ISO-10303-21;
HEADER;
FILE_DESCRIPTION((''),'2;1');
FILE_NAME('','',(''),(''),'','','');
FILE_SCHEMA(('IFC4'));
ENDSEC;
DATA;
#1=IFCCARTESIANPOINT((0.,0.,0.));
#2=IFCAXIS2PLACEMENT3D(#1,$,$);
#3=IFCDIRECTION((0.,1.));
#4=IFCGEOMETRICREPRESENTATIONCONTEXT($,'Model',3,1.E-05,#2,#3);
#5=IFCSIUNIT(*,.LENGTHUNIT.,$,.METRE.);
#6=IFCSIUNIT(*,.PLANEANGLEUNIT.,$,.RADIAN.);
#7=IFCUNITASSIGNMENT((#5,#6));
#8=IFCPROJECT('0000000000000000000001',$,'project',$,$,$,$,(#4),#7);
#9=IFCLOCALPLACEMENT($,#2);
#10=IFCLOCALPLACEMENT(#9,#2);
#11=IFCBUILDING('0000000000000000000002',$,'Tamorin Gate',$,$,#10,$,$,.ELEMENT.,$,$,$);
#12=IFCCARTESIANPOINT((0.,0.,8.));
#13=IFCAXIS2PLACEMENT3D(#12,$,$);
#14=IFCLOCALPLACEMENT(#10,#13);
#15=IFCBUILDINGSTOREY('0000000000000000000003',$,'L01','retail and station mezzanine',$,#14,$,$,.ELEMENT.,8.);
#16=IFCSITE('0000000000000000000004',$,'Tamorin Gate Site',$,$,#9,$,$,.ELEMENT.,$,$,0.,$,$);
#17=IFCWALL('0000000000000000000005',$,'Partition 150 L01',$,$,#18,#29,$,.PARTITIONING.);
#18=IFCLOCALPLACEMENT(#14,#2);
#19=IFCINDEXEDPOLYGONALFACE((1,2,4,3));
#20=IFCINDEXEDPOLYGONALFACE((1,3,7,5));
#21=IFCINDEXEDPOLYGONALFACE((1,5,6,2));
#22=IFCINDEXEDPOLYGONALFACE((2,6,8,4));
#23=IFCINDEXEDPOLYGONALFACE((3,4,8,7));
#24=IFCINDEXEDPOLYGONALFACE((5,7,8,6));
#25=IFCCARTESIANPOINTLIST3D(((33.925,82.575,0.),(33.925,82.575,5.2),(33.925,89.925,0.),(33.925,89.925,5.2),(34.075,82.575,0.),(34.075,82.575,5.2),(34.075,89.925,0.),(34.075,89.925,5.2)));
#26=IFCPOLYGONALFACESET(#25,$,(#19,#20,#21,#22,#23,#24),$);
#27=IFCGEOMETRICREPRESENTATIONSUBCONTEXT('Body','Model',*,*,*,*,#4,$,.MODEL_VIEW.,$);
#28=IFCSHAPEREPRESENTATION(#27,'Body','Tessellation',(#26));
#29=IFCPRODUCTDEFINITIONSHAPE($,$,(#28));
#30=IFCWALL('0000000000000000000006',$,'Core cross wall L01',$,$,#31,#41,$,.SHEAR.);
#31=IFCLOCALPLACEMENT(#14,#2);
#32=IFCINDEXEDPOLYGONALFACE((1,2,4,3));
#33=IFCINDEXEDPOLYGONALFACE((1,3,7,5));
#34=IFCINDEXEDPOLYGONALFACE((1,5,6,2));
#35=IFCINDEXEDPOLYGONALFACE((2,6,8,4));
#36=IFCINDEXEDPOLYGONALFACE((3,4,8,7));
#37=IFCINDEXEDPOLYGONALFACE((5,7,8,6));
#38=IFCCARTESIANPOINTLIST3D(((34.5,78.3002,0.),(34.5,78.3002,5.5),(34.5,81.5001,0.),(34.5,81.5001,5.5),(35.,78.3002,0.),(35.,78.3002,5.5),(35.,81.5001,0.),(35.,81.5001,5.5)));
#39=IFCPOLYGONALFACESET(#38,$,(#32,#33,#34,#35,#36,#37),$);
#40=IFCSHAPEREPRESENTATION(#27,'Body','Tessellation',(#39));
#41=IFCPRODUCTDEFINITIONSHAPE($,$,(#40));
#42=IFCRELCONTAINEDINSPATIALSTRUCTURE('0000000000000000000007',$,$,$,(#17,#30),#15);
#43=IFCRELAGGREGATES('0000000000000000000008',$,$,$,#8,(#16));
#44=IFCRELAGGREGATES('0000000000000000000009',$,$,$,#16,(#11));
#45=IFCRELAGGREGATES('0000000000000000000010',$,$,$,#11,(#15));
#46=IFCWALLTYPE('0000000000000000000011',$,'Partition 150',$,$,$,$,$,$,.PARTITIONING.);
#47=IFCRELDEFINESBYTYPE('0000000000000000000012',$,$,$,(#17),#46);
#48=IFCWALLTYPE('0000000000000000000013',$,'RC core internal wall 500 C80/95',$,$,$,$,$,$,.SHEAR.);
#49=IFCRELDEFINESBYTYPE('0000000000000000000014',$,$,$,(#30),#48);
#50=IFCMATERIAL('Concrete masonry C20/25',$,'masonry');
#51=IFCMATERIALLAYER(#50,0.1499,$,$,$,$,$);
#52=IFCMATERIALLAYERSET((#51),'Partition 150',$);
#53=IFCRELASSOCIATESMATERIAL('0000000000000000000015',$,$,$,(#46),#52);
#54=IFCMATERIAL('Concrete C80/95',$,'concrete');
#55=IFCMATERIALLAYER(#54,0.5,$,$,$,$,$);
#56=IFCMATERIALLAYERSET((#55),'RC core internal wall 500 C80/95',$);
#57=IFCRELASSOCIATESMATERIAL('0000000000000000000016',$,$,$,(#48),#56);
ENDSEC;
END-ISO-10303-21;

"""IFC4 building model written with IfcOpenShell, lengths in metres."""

from ifc_helpers import new_model, si_unit, direction, frame, frame_2d, origin, place, context, subcontext, project, spatial, rectangle, extrude, material, layer, layer_set, type_object, element, save


model = new_model("IFC4")

# Units and contexts
model_context = context("Model", 3, precision=1e-05, world=origin(), true_north=direction((0.0, 1.0)))
body_context = subcontext(model_context, "Body", "Model", "MODEL_VIEW")
ifc_project = project(units=[si_unit("LENGTHUNIT", "METRE"), si_unit("PLANEANGLEUNIT", "RADIAN")], contexts=[model_context])

# Site, building, storey
site_placement = place(None, origin())
site = spatial("IfcSite", under=ifc_project, at=site_placement, Name="Tamorin Gate Site", CompositionType="ELEMENT", RefElevation=0.0)
building_placement = place(site_placement, origin())
building = spatial("IfcBuilding", under=site, at=building_placement, Name="Tamorin Gate", CompositionType="ELEMENT")
storey_placement = place(building_placement, frame((0.0, 0.0, 8.0)))
storey = spatial("IfcBuildingStorey", under=building, at=storey_placement, Name="L01", Description="retail and station mezzanine", CompositionType="ELEMENT", Elevation=8.0)

# Shared definitions
ifc_material_1 = material(Name="Concrete C80/95", Category="concrete")

# Shared definitions
ifc_material_2 = material(Name="Concrete masonry C20/25", Category="masonry")
ifc_layer_1 = layer(ifc_material_2, 0.1499)
ifc_layer_set_1 = layer_set([ifc_layer_1], Name="Partition 150")
wall_type_1 = type_object("IfcWallType", Name="Partition 150", PredefinedType="PARTITIONING", material=ifc_layer_set_1)

# Walls
wall_1_placement = place(storey_placement, frame((34.0, 82.575, 0.0), z_axis=(0.0, 0.0, 1.0), x_axis=(0.0, 1.0, 0.0)))
element("IfcWall", 1, at=wall_1_placement, inside=storey, type_object=wall_type_1, Name="Partition 150 L01", PredefinedType="PARTITIONING", context=body_context, shape_type="SweptSolid", body=[
    extrude(rectangle(XDim=7.3501, YDim=0.1499, at=frame_2d((3.675, 0.0))), origin(), (0.0, 0.0, 1.0), 5.2),
])
ifc_layer_2 = layer(ifc_material_1, 0.5)
ifc_layer_set_2 = layer_set([ifc_layer_2], Name="RC core internal wall 500 C80/95")
wall_type_2 = type_object("IfcWallType", Name="RC core internal wall 500 C80/95", PredefinedType="SHEAR", material=ifc_layer_set_2)
wall_2_placement = place(storey_placement, frame((34.75, 78.3, 0.0), z_axis=(0.0, 0.0, 1.0), x_axis=(0.0, 1.0, 0.0)))
element("IfcWall", 2, at=wall_2_placement, inside=storey, type_object=wall_type_2, Name="Core cross wall L01", PredefinedType="SHEAR", context=body_context, shape_type="SweptSolid", body=[
    extrude(rectangle(XDim=3.2, YDim=0.5, at=frame_2d((1.6001, 0.0))), origin(), (0.0, 0.0, 1.0), 5.5),
])

save(model, "model.ifc")
